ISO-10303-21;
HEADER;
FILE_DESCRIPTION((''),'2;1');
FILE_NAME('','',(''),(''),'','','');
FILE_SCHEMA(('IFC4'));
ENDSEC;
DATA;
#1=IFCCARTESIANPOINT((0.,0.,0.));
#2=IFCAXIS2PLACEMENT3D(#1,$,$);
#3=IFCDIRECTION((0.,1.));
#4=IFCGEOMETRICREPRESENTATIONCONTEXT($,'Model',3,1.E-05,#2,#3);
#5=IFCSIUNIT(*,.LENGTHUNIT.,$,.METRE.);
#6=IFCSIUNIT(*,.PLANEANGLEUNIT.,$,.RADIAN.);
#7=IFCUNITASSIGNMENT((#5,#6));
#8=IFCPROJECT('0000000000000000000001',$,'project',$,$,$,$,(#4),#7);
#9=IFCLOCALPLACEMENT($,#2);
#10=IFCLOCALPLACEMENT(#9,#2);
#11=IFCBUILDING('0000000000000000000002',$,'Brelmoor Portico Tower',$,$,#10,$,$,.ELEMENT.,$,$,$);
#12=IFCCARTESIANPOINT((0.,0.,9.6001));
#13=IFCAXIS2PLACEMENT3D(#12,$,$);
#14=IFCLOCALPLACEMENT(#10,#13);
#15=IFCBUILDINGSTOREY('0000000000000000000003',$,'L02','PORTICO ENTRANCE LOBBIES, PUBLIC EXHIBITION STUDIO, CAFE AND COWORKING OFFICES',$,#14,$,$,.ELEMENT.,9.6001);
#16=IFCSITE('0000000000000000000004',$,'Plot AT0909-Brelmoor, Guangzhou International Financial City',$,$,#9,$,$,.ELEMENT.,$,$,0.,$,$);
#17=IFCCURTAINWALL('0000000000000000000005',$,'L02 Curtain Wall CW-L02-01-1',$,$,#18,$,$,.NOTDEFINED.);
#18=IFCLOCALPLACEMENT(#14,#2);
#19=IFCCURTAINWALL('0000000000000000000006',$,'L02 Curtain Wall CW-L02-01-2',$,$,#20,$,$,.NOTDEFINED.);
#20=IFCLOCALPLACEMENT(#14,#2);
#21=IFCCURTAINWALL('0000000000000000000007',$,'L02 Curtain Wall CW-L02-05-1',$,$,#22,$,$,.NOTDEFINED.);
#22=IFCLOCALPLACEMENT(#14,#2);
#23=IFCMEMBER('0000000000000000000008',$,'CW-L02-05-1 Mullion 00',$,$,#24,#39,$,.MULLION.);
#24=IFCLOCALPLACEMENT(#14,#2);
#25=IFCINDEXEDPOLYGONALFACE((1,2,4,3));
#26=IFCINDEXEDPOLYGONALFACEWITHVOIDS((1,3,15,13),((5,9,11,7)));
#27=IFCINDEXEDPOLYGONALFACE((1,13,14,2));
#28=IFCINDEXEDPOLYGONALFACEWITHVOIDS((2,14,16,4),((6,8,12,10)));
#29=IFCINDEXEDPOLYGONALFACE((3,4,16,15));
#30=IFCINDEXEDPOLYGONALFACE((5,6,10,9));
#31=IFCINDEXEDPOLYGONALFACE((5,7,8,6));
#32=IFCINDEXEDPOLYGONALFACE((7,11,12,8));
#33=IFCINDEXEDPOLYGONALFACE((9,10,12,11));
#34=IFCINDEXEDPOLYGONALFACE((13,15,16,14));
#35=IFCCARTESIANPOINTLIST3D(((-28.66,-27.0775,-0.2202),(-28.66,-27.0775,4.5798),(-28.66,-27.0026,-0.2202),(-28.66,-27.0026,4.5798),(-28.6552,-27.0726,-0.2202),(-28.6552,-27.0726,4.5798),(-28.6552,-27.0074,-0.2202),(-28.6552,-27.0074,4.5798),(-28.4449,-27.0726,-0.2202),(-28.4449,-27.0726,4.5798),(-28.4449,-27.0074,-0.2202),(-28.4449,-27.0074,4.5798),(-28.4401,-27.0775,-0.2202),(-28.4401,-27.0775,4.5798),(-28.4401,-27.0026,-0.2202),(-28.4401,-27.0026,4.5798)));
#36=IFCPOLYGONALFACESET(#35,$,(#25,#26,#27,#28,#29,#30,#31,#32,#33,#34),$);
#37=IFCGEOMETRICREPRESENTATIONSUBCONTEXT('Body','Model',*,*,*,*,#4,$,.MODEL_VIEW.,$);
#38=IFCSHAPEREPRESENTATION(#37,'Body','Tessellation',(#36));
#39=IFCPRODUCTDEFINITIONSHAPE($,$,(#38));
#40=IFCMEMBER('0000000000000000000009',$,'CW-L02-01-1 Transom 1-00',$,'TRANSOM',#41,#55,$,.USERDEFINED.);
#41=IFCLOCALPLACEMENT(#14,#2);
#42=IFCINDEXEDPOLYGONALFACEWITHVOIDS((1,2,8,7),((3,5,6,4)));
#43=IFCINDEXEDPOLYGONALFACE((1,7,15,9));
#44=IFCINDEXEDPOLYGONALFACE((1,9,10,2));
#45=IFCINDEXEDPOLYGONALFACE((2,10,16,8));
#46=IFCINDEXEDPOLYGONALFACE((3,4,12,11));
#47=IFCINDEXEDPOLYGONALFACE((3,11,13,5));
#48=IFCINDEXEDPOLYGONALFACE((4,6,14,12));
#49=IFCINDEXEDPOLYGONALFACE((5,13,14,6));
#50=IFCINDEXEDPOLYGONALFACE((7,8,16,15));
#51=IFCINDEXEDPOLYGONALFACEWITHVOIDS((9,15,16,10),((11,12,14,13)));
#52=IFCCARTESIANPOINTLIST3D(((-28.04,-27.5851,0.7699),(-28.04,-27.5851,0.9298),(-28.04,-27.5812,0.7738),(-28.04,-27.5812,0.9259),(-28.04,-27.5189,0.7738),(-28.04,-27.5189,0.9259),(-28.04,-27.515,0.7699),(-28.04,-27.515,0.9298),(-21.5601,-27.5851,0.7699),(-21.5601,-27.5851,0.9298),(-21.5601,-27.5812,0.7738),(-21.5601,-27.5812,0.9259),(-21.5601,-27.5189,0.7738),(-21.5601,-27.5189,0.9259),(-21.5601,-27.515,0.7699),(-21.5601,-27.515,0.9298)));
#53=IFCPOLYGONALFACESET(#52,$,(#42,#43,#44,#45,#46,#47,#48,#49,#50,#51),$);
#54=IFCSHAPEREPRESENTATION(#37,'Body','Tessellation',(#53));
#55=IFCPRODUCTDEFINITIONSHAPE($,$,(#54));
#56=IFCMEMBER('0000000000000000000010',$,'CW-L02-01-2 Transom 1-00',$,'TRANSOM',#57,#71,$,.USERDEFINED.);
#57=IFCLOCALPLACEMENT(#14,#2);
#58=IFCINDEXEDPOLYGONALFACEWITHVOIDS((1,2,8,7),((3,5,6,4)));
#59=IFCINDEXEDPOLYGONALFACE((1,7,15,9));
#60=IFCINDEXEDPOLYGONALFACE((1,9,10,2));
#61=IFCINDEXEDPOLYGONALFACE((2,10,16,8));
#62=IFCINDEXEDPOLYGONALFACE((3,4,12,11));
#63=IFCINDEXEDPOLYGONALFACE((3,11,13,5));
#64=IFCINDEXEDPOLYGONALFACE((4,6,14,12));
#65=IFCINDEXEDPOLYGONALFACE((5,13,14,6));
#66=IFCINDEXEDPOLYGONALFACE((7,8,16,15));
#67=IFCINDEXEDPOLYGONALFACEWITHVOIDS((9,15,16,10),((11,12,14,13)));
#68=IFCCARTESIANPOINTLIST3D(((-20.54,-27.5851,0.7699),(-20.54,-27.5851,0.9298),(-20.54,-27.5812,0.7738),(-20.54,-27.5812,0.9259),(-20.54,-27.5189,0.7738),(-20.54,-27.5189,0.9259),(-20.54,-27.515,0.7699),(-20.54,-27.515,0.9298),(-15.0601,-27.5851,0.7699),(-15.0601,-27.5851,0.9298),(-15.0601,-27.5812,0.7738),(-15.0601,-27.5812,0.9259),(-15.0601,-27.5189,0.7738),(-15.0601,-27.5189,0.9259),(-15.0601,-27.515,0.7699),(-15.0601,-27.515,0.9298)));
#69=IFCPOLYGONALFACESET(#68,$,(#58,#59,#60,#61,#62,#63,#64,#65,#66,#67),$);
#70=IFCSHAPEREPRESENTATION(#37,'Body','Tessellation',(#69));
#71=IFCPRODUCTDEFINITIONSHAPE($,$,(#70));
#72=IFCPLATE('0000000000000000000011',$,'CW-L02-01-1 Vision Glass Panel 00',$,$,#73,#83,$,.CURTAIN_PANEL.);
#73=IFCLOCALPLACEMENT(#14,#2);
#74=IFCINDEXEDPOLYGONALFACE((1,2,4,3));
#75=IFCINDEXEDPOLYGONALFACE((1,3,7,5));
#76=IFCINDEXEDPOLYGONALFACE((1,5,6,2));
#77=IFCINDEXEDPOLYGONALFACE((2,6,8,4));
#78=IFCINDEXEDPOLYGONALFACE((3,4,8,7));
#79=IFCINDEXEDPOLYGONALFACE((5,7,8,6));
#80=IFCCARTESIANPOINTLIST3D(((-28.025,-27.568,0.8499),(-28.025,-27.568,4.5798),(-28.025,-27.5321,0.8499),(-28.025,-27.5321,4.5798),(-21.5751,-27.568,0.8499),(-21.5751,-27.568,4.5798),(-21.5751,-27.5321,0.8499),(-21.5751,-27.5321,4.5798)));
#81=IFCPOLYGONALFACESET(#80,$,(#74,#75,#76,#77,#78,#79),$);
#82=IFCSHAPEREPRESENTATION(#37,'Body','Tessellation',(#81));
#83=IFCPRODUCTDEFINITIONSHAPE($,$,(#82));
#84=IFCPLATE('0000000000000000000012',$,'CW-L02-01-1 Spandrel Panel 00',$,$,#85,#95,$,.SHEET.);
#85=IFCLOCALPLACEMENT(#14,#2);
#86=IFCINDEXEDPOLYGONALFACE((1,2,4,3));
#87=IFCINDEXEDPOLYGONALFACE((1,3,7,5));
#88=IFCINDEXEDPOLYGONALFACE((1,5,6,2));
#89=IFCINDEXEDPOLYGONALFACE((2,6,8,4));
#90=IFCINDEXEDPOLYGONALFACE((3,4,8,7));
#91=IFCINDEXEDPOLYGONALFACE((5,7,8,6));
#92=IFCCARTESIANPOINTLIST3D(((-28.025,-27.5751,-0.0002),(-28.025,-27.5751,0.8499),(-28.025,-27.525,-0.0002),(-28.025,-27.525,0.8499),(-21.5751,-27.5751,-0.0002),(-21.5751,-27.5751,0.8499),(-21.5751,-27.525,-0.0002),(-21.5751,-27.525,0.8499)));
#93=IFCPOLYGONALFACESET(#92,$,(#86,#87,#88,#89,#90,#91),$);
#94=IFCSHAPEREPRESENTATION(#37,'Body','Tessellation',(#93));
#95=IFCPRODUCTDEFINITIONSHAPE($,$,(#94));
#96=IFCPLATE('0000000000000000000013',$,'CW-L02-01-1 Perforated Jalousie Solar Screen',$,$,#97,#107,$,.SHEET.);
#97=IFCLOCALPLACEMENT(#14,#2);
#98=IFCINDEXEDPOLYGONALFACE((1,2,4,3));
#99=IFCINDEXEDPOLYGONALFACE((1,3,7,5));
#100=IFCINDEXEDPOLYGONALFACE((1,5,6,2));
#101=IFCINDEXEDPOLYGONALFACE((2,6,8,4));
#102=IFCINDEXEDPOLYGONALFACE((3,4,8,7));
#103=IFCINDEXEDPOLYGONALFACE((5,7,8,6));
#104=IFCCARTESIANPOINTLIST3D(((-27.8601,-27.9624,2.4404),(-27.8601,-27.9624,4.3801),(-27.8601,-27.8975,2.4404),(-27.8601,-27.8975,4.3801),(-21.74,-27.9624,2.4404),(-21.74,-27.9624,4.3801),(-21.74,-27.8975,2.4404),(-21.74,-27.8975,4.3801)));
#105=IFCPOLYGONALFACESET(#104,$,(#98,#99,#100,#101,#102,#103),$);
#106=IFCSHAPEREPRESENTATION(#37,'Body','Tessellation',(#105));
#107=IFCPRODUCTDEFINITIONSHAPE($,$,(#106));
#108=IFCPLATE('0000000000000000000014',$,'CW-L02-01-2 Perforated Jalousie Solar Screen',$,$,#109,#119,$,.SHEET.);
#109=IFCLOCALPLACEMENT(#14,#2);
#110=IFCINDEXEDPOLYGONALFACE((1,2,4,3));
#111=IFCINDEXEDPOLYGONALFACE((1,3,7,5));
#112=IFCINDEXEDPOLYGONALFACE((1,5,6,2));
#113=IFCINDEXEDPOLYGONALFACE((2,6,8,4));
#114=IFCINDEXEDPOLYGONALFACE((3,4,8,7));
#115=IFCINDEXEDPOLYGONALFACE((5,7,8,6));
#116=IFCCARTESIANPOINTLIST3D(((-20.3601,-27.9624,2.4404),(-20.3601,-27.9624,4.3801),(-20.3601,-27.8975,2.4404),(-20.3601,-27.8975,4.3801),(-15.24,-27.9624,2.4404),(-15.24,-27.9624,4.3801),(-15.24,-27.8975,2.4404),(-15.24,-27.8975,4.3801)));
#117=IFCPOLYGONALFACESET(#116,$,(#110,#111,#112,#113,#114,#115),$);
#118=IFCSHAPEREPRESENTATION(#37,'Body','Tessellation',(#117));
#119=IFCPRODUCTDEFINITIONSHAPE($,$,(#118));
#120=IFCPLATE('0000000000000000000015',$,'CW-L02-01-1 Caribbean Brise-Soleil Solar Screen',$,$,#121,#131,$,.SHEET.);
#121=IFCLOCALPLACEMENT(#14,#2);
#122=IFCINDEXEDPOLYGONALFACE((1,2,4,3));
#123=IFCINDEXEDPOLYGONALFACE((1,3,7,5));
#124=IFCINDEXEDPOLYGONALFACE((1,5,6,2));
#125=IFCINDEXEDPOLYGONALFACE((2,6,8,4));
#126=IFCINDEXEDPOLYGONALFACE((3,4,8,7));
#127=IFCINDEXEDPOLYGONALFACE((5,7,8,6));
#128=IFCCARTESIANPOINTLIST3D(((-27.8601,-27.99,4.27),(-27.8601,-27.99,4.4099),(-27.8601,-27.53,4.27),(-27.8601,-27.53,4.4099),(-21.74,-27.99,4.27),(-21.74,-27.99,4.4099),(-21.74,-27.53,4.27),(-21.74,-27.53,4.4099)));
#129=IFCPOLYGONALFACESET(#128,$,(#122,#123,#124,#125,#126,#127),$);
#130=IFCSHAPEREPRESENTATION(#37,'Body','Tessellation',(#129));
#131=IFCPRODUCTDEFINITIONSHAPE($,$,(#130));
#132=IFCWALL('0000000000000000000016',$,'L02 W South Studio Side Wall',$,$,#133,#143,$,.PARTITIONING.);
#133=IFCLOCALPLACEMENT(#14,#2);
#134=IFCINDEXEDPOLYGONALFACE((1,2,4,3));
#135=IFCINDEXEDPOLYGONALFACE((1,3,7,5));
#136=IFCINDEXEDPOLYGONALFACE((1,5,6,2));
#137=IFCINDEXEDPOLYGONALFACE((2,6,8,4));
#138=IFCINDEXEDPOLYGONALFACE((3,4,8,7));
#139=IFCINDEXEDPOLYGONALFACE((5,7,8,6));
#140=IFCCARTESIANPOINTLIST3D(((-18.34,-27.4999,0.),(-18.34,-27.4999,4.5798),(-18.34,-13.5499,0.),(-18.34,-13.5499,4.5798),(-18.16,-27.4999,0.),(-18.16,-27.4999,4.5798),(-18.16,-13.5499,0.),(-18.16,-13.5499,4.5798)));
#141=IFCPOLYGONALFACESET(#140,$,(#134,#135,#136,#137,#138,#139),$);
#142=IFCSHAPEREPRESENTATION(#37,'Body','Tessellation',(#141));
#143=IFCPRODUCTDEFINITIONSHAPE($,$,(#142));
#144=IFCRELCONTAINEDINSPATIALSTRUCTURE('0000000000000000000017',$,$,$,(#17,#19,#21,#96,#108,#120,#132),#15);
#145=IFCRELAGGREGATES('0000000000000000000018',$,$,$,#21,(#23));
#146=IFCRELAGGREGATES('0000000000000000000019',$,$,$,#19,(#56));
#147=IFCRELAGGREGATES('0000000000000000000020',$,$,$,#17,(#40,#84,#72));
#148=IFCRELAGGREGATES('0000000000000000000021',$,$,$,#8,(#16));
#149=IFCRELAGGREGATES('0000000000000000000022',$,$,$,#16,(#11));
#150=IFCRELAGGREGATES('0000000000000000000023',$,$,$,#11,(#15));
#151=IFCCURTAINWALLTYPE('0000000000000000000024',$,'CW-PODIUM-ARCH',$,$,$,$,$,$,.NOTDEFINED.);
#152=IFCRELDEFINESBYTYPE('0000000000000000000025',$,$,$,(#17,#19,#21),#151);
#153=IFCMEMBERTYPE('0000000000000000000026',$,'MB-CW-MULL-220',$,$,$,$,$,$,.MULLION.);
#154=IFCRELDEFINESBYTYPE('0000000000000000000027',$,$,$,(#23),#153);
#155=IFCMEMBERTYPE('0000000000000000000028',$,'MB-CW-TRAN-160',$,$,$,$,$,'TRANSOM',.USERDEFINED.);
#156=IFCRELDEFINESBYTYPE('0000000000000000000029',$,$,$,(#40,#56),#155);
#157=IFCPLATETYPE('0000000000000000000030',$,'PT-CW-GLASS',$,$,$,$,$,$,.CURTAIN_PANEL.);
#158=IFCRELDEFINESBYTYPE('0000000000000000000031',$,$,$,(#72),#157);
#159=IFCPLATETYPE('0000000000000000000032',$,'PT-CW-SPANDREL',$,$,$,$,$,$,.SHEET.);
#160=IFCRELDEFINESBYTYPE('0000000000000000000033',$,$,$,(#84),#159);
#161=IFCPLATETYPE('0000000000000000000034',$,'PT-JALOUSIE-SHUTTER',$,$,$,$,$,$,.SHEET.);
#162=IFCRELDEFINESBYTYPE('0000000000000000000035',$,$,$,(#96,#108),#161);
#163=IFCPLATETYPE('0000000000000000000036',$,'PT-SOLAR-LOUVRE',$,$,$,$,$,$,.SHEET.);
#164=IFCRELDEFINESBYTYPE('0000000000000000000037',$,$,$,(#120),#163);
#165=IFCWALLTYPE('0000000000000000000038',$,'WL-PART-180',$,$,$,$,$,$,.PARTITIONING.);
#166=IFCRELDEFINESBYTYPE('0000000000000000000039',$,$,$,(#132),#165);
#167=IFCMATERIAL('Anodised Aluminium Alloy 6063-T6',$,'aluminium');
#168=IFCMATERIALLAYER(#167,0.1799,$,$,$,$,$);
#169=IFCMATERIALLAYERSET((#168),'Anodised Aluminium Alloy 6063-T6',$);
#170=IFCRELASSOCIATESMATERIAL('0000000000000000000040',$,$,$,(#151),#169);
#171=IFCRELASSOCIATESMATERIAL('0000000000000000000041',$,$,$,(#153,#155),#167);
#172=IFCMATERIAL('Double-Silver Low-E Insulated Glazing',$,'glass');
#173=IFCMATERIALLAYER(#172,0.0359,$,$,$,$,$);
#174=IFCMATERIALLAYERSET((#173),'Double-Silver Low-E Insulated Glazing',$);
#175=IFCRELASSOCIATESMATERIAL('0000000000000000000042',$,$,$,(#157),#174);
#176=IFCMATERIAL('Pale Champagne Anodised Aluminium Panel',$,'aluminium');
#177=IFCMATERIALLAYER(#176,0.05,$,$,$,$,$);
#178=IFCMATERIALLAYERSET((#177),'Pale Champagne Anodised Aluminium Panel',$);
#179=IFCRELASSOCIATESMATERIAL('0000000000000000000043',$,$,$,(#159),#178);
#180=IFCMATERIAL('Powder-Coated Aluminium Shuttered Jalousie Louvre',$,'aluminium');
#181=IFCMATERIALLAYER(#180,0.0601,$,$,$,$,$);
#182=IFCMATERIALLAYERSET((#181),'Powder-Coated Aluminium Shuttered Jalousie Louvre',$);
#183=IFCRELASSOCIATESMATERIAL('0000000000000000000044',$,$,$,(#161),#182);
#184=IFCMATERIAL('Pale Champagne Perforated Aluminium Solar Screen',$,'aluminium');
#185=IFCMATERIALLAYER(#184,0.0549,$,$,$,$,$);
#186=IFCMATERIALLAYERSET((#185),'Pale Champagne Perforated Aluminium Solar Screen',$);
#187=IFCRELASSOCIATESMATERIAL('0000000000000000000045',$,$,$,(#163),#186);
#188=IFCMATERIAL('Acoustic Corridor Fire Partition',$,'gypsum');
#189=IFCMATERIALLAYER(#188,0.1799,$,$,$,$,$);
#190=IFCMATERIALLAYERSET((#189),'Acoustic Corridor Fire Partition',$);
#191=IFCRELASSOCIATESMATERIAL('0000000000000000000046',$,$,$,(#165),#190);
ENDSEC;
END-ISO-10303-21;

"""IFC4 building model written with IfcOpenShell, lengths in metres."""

from ifc_helpers import new_model, si_unit, direction, frame, frame_2d, origin, origin_2d, place, context, subcontext, project, spatial, rectangle, hollow_rectangle, extrude, material, layer, layer_set, material_profile, profile_set, type_object, element, aggregate, save


model = new_model("IFC4")

# Units and contexts
model_context = context("Model", 3, precision=1e-05, world=origin(), true_north=direction((0.0, 1.0)))
body_context = subcontext(model_context, "Body", "Model", "MODEL_VIEW")
ifc_project = project(units=[si_unit("LENGTHUNIT", "METRE"), si_unit("PLANEANGLEUNIT", "RADIAN")], contexts=[model_context])

# Site, building, storey
site_placement = place(None, origin())
site = spatial("IfcSite", under=ifc_project, at=site_placement, Name="Plot AT0909-Brelmoor, Guangzhou International Financial City", CompositionType="ELEMENT", RefElevation=0.0)
building_placement = place(site_placement, origin())
building = spatial("IfcBuilding", under=site, at=building_placement, Name="Brelmoor Portico Tower", CompositionType="ELEMENT")
storey_placement = place(building_placement, frame((0.0, 0.0, 9.6001)))
storey = spatial("IfcBuildingStorey", under=building, at=storey_placement, Name="L02", Description="PORTICO ENTRANCE LOBBIES, PUBLIC EXHIBITION STUDIO, CAFE AND COWORKING OFFICES", CompositionType="ELEMENT", Elevation=9.6001)

# Curtain wall
ifc_material_1 = material(Name="Anodised Aluminium Alloy 6063-T6", Category="aluminium")
ifc_layer_1 = layer(ifc_material_1, 0.1799)
ifc_layer_set_1 = layer_set([ifc_layer_1], Name="Anodised Aluminium Alloy 6063-T6")
curtain_wall_type = type_object("IfcCurtainWallType", Name="CW-PODIUM-ARCH", PredefinedType="NOTDEFINED", material=ifc_layer_set_1)
curtain_wall_1_placement = place(storey_placement, origin())
curtain_wall_1 = element("IfcCurtainWall", 1, at=curtain_wall_1_placement, inside=storey, type_object=curtain_wall_type, Name="L02 Curtain Wall CW-L02-01-1", PredefinedType="NOTDEFINED")
ifc_material_profile_1 = material_profile(ifc_material_1, hollow_rectangle(XDim=0.075, YDim=0.22, WallThickness=0.0049, at=origin_2d()), Name="ALU MULLION 75x220")
ifc_profile_set_1 = profile_set([ifc_material_profile_1], Name="Anodised Aluminium Alloy 6063-T6")
member_type_1 = type_object("IfcMemberType", Name="MB-CW-MULL-220", PredefinedType="MULLION", material=ifc_profile_set_1)

# Curtain walls, member
curtain_wall_2_placement = place(storey_placement, origin())
curtain_wall_2 = element("IfcCurtainWall", 2, at=curtain_wall_2_placement, inside=storey, type_object=curtain_wall_type, Name="L02 Curtain Wall CW-L02-01-2", PredefinedType="NOTDEFINED")
curtain_wall_3_placement = place(storey_placement, origin())
curtain_wall_3 = element("IfcCurtainWall", 3, at=curtain_wall_3_placement, inside=storey, type_object=curtain_wall_type, Name="L02 Curtain Wall CW-L02-05-1", PredefinedType="NOTDEFINED")
member_1_placement = place(storey_placement, frame((-28.55, -27.04, -0.2202), z_axis=(0.0, 0.0, 1.0), x_axis=(0.0, 1.0, 0.0)))
member_1 = element("IfcMember", 4, at=member_1_placement, type_object=member_type_1, Name="CW-L02-05-1 Mullion 00", PredefinedType="MULLION", context=body_context, shape_type="SweptSolid", body=[
    extrude(hollow_rectangle(XDim=0.075, YDim=0.22, WallThickness=0.0049, at=origin_2d()), origin(), (0.0, 0.0, 1.0), 4.8),
])
aggregate(curtain_wall_3, [member_1])

# Members
ifc_material_profile_2 = material_profile(ifc_material_1, hollow_rectangle(XDim=0.0701, YDim=0.1599, WallThickness=0.0039, at=origin_2d()), Name="ALU TRANSOM 70x160")
ifc_profile_set_2 = profile_set([ifc_material_profile_2], Name="Anodised Aluminium Alloy 6063-T6")
member_type_2 = type_object("IfcMemberType", Name="MB-CW-TRAN-160", ElementType="TRANSOM", PredefinedType="USERDEFINED", material=ifc_profile_set_2)
member_2_placement = place(storey_placement, frame((-28.04, -27.55, 0.8499), z_axis=(1.0, 0.0, 0.0), x_axis=(0.0, 1.0, 0.0)))
member_2 = element("IfcMember", 5, at=member_2_placement, type_object=member_type_2, Name="CW-L02-01-1 Transom 1-00", ObjectType="TRANSOM", PredefinedType="USERDEFINED", context=body_context, shape_type="SweptSolid", body=[
    extrude(hollow_rectangle(XDim=0.0701, YDim=0.1599, WallThickness=0.0039, at=origin_2d()), origin(), (0.0, 0.0, 1.0), 6.48),
])
member_3_placement = place(storey_placement, frame((-20.54, -27.55, 0.8499), z_axis=(1.0, 0.0, 0.0), x_axis=(0.0, 1.0, 0.0)))
member_3 = element("IfcMember", 6, at=member_3_placement, type_object=member_type_2, Name="CW-L02-01-2 Transom 1-00", ObjectType="TRANSOM", PredefinedType="USERDEFINED", context=body_context, shape_type="SweptSolid", body=[
    extrude(hollow_rectangle(XDim=0.0701, YDim=0.1599, WallThickness=0.0039, at=origin_2d()), origin(), (0.0, 0.0, 1.0), 5.48),
])
aggregate(curtain_wall_2, [member_3])

# Plates
ifc_material_2 = material(Name="Double-Silver Low-E Insulated Glazing", Category="glass")
ifc_layer_2 = layer(ifc_material_2, 0.0359)
ifc_layer_set_2 = layer_set([ifc_layer_2], Name="Double-Silver Low-E Insulated Glazing")
plate_type_1 = type_object("IfcPlateType", Name="PT-CW-GLASS", PredefinedType="CURTAIN_PANEL", material=ifc_layer_set_2)
plate_1_placement = place(storey_placement, frame((-24.8, -27.55, 0.8499), z_axis=(0.0, 0.0, 1.0), x_axis=(1.0, 0.0, 0.0)))
plate_1 = element("IfcPlate", 7, at=plate_1_placement, type_object=plate_type_1, Name="CW-L02-01-1 Vision Glass Panel 00", PredefinedType="CURTAIN_PANEL", context=body_context, shape_type="SweptSolid", body=[
    extrude(rectangle(XDim=6.45, YDim=0.0359, at=origin_2d()), origin(), (0.0, 0.0, 1.0), 3.73),
])
ifc_material_3 = material(Name="Pale Champagne Anodised Aluminium Panel", Category="aluminium")
ifc_layer_3 = layer(ifc_material_3, 0.05)
ifc_layer_set_3 = layer_set([ifc_layer_3], Name="Pale Champagne Anodised Aluminium Panel")
plate_type_2 = type_object("IfcPlateType", Name="PT-CW-SPANDREL", PredefinedType="SHEET", material=ifc_layer_set_3)
plate_2_placement = place(storey_placement, frame((-24.8, -27.55, -0.0002), z_axis=(0.0, 0.0, 1.0), x_axis=(1.0, 0.0, 0.0)))
plate_2 = element("IfcPlate", 8, at=plate_2_placement, type_object=plate_type_2, Name="CW-L02-01-1 Spandrel Panel 00", PredefinedType="SHEET", context=body_context, shape_type="SweptSolid", body=[
    extrude(rectangle(XDim=6.45, YDim=0.05, at=origin_2d()), origin(), (0.0, 0.0, 1.0), 0.8501),
])
aggregate(curtain_wall_1, [member_2, plate_2, plate_1])

# Plates
ifc_material_4 = material(Name="Powder-Coated Aluminium Shuttered Jalousie Louvre", Category="aluminium")
ifc_layer_4 = layer(ifc_material_4, 0.0601)
ifc_layer_set_4 = layer_set([ifc_layer_4], Name="Powder-Coated Aluminium Shuttered Jalousie Louvre")
plate_type_3 = type_object("IfcPlateType", Name="PT-JALOUSIE-SHUTTER", PredefinedType="SHEET", material=ifc_layer_set_4)
plate_3_placement = place(storey_placement, frame((-24.8, -27.9299, 2.4404), z_axis=(0.0, 0.0, 1.0), x_axis=(1.0, 0.0, 0.0)))
element("IfcPlate", 9, at=plate_3_placement, inside=storey, type_object=plate_type_3, Name="CW-L02-01-1 Perforated Jalousie Solar Screen", PredefinedType="SHEET", context=body_context, shape_type="SweptSolid", body=[
    extrude(rectangle(XDim=6.1201, YDim=0.0649, at=origin_2d()), origin(), (0.0, 0.0, 1.0), 1.9397),
])
plate_4_placement = place(storey_placement, frame((-17.8, -27.9299, 2.4404), z_axis=(0.0, 0.0, 1.0), x_axis=(1.0, 0.0, 0.0)))
element("IfcPlate", 10, at=plate_4_placement, inside=storey, type_object=plate_type_3, Name="CW-L02-01-2 Perforated Jalousie Solar Screen", PredefinedType="SHEET", context=body_context, shape_type="SweptSolid", body=[
    extrude(rectangle(XDim=5.1201, YDim=0.0649, at=origin_2d()), origin(), (0.0, 0.0, 1.0), 1.9397),
])
ifc_material_5 = material(Name="Pale Champagne Perforated Aluminium Solar Screen", Category="aluminium")
ifc_layer_5 = layer(ifc_material_5, 0.0549)
ifc_layer_set_5 = layer_set([ifc_layer_5], Name="Pale Champagne Perforated Aluminium Solar Screen")
plate_type_4 = type_object("IfcPlateType", Name="PT-SOLAR-LOUVRE", PredefinedType="SHEET", material=ifc_layer_set_5)
plate_5_placement = place(storey_placement, frame((-24.8, -27.76, 4.27), z_axis=(0.0, 0.0, 1.0), x_axis=(1.0, 0.0, 0.0)))
element("IfcPlate", 11, at=plate_5_placement, inside=storey, type_object=plate_type_4, Name="CW-L02-01-1 Caribbean Brise-Soleil Solar Screen", PredefinedType="SHEET", context=body_context, shape_type="SweptSolid", body=[
    extrude(rectangle(XDim=6.1201, YDim=0.46, at=origin_2d()), origin(), (0.0, 0.0, 1.0), 0.1399),
])

# Wall
ifc_material_6 = material(Name="Acoustic Corridor Fire Partition", Category="gypsum")
ifc_layer_6 = layer(ifc_material_6, 0.1799)
ifc_layer_set_6 = layer_set([ifc_layer_6], Name="Acoustic Corridor Fire Partition")
wall_type = type_object("IfcWallType", Name="WL-PART-180", PredefinedType="PARTITIONING", material=ifc_layer_set_6)
wall_placement = place(storey_placement, frame((-18.25, -27.5, 0.0), z_axis=(0.0, 0.0, 1.0), x_axis=(0.0, 1.0, 0.0)))
element("IfcWall", 12, at=wall_placement, inside=storey, type_object=wall_type, Name="L02 W South Studio Side Wall", PredefinedType="PARTITIONING", context=body_context, shape_type="SweptSolid", body=[
    extrude(rectangle(XDim=13.95, YDim=0.1799, at=frame_2d((6.9751, 0.0))), origin(), (0.0, 0.0, 1.0), 4.5798),
])

save(model, "model.ifc")
